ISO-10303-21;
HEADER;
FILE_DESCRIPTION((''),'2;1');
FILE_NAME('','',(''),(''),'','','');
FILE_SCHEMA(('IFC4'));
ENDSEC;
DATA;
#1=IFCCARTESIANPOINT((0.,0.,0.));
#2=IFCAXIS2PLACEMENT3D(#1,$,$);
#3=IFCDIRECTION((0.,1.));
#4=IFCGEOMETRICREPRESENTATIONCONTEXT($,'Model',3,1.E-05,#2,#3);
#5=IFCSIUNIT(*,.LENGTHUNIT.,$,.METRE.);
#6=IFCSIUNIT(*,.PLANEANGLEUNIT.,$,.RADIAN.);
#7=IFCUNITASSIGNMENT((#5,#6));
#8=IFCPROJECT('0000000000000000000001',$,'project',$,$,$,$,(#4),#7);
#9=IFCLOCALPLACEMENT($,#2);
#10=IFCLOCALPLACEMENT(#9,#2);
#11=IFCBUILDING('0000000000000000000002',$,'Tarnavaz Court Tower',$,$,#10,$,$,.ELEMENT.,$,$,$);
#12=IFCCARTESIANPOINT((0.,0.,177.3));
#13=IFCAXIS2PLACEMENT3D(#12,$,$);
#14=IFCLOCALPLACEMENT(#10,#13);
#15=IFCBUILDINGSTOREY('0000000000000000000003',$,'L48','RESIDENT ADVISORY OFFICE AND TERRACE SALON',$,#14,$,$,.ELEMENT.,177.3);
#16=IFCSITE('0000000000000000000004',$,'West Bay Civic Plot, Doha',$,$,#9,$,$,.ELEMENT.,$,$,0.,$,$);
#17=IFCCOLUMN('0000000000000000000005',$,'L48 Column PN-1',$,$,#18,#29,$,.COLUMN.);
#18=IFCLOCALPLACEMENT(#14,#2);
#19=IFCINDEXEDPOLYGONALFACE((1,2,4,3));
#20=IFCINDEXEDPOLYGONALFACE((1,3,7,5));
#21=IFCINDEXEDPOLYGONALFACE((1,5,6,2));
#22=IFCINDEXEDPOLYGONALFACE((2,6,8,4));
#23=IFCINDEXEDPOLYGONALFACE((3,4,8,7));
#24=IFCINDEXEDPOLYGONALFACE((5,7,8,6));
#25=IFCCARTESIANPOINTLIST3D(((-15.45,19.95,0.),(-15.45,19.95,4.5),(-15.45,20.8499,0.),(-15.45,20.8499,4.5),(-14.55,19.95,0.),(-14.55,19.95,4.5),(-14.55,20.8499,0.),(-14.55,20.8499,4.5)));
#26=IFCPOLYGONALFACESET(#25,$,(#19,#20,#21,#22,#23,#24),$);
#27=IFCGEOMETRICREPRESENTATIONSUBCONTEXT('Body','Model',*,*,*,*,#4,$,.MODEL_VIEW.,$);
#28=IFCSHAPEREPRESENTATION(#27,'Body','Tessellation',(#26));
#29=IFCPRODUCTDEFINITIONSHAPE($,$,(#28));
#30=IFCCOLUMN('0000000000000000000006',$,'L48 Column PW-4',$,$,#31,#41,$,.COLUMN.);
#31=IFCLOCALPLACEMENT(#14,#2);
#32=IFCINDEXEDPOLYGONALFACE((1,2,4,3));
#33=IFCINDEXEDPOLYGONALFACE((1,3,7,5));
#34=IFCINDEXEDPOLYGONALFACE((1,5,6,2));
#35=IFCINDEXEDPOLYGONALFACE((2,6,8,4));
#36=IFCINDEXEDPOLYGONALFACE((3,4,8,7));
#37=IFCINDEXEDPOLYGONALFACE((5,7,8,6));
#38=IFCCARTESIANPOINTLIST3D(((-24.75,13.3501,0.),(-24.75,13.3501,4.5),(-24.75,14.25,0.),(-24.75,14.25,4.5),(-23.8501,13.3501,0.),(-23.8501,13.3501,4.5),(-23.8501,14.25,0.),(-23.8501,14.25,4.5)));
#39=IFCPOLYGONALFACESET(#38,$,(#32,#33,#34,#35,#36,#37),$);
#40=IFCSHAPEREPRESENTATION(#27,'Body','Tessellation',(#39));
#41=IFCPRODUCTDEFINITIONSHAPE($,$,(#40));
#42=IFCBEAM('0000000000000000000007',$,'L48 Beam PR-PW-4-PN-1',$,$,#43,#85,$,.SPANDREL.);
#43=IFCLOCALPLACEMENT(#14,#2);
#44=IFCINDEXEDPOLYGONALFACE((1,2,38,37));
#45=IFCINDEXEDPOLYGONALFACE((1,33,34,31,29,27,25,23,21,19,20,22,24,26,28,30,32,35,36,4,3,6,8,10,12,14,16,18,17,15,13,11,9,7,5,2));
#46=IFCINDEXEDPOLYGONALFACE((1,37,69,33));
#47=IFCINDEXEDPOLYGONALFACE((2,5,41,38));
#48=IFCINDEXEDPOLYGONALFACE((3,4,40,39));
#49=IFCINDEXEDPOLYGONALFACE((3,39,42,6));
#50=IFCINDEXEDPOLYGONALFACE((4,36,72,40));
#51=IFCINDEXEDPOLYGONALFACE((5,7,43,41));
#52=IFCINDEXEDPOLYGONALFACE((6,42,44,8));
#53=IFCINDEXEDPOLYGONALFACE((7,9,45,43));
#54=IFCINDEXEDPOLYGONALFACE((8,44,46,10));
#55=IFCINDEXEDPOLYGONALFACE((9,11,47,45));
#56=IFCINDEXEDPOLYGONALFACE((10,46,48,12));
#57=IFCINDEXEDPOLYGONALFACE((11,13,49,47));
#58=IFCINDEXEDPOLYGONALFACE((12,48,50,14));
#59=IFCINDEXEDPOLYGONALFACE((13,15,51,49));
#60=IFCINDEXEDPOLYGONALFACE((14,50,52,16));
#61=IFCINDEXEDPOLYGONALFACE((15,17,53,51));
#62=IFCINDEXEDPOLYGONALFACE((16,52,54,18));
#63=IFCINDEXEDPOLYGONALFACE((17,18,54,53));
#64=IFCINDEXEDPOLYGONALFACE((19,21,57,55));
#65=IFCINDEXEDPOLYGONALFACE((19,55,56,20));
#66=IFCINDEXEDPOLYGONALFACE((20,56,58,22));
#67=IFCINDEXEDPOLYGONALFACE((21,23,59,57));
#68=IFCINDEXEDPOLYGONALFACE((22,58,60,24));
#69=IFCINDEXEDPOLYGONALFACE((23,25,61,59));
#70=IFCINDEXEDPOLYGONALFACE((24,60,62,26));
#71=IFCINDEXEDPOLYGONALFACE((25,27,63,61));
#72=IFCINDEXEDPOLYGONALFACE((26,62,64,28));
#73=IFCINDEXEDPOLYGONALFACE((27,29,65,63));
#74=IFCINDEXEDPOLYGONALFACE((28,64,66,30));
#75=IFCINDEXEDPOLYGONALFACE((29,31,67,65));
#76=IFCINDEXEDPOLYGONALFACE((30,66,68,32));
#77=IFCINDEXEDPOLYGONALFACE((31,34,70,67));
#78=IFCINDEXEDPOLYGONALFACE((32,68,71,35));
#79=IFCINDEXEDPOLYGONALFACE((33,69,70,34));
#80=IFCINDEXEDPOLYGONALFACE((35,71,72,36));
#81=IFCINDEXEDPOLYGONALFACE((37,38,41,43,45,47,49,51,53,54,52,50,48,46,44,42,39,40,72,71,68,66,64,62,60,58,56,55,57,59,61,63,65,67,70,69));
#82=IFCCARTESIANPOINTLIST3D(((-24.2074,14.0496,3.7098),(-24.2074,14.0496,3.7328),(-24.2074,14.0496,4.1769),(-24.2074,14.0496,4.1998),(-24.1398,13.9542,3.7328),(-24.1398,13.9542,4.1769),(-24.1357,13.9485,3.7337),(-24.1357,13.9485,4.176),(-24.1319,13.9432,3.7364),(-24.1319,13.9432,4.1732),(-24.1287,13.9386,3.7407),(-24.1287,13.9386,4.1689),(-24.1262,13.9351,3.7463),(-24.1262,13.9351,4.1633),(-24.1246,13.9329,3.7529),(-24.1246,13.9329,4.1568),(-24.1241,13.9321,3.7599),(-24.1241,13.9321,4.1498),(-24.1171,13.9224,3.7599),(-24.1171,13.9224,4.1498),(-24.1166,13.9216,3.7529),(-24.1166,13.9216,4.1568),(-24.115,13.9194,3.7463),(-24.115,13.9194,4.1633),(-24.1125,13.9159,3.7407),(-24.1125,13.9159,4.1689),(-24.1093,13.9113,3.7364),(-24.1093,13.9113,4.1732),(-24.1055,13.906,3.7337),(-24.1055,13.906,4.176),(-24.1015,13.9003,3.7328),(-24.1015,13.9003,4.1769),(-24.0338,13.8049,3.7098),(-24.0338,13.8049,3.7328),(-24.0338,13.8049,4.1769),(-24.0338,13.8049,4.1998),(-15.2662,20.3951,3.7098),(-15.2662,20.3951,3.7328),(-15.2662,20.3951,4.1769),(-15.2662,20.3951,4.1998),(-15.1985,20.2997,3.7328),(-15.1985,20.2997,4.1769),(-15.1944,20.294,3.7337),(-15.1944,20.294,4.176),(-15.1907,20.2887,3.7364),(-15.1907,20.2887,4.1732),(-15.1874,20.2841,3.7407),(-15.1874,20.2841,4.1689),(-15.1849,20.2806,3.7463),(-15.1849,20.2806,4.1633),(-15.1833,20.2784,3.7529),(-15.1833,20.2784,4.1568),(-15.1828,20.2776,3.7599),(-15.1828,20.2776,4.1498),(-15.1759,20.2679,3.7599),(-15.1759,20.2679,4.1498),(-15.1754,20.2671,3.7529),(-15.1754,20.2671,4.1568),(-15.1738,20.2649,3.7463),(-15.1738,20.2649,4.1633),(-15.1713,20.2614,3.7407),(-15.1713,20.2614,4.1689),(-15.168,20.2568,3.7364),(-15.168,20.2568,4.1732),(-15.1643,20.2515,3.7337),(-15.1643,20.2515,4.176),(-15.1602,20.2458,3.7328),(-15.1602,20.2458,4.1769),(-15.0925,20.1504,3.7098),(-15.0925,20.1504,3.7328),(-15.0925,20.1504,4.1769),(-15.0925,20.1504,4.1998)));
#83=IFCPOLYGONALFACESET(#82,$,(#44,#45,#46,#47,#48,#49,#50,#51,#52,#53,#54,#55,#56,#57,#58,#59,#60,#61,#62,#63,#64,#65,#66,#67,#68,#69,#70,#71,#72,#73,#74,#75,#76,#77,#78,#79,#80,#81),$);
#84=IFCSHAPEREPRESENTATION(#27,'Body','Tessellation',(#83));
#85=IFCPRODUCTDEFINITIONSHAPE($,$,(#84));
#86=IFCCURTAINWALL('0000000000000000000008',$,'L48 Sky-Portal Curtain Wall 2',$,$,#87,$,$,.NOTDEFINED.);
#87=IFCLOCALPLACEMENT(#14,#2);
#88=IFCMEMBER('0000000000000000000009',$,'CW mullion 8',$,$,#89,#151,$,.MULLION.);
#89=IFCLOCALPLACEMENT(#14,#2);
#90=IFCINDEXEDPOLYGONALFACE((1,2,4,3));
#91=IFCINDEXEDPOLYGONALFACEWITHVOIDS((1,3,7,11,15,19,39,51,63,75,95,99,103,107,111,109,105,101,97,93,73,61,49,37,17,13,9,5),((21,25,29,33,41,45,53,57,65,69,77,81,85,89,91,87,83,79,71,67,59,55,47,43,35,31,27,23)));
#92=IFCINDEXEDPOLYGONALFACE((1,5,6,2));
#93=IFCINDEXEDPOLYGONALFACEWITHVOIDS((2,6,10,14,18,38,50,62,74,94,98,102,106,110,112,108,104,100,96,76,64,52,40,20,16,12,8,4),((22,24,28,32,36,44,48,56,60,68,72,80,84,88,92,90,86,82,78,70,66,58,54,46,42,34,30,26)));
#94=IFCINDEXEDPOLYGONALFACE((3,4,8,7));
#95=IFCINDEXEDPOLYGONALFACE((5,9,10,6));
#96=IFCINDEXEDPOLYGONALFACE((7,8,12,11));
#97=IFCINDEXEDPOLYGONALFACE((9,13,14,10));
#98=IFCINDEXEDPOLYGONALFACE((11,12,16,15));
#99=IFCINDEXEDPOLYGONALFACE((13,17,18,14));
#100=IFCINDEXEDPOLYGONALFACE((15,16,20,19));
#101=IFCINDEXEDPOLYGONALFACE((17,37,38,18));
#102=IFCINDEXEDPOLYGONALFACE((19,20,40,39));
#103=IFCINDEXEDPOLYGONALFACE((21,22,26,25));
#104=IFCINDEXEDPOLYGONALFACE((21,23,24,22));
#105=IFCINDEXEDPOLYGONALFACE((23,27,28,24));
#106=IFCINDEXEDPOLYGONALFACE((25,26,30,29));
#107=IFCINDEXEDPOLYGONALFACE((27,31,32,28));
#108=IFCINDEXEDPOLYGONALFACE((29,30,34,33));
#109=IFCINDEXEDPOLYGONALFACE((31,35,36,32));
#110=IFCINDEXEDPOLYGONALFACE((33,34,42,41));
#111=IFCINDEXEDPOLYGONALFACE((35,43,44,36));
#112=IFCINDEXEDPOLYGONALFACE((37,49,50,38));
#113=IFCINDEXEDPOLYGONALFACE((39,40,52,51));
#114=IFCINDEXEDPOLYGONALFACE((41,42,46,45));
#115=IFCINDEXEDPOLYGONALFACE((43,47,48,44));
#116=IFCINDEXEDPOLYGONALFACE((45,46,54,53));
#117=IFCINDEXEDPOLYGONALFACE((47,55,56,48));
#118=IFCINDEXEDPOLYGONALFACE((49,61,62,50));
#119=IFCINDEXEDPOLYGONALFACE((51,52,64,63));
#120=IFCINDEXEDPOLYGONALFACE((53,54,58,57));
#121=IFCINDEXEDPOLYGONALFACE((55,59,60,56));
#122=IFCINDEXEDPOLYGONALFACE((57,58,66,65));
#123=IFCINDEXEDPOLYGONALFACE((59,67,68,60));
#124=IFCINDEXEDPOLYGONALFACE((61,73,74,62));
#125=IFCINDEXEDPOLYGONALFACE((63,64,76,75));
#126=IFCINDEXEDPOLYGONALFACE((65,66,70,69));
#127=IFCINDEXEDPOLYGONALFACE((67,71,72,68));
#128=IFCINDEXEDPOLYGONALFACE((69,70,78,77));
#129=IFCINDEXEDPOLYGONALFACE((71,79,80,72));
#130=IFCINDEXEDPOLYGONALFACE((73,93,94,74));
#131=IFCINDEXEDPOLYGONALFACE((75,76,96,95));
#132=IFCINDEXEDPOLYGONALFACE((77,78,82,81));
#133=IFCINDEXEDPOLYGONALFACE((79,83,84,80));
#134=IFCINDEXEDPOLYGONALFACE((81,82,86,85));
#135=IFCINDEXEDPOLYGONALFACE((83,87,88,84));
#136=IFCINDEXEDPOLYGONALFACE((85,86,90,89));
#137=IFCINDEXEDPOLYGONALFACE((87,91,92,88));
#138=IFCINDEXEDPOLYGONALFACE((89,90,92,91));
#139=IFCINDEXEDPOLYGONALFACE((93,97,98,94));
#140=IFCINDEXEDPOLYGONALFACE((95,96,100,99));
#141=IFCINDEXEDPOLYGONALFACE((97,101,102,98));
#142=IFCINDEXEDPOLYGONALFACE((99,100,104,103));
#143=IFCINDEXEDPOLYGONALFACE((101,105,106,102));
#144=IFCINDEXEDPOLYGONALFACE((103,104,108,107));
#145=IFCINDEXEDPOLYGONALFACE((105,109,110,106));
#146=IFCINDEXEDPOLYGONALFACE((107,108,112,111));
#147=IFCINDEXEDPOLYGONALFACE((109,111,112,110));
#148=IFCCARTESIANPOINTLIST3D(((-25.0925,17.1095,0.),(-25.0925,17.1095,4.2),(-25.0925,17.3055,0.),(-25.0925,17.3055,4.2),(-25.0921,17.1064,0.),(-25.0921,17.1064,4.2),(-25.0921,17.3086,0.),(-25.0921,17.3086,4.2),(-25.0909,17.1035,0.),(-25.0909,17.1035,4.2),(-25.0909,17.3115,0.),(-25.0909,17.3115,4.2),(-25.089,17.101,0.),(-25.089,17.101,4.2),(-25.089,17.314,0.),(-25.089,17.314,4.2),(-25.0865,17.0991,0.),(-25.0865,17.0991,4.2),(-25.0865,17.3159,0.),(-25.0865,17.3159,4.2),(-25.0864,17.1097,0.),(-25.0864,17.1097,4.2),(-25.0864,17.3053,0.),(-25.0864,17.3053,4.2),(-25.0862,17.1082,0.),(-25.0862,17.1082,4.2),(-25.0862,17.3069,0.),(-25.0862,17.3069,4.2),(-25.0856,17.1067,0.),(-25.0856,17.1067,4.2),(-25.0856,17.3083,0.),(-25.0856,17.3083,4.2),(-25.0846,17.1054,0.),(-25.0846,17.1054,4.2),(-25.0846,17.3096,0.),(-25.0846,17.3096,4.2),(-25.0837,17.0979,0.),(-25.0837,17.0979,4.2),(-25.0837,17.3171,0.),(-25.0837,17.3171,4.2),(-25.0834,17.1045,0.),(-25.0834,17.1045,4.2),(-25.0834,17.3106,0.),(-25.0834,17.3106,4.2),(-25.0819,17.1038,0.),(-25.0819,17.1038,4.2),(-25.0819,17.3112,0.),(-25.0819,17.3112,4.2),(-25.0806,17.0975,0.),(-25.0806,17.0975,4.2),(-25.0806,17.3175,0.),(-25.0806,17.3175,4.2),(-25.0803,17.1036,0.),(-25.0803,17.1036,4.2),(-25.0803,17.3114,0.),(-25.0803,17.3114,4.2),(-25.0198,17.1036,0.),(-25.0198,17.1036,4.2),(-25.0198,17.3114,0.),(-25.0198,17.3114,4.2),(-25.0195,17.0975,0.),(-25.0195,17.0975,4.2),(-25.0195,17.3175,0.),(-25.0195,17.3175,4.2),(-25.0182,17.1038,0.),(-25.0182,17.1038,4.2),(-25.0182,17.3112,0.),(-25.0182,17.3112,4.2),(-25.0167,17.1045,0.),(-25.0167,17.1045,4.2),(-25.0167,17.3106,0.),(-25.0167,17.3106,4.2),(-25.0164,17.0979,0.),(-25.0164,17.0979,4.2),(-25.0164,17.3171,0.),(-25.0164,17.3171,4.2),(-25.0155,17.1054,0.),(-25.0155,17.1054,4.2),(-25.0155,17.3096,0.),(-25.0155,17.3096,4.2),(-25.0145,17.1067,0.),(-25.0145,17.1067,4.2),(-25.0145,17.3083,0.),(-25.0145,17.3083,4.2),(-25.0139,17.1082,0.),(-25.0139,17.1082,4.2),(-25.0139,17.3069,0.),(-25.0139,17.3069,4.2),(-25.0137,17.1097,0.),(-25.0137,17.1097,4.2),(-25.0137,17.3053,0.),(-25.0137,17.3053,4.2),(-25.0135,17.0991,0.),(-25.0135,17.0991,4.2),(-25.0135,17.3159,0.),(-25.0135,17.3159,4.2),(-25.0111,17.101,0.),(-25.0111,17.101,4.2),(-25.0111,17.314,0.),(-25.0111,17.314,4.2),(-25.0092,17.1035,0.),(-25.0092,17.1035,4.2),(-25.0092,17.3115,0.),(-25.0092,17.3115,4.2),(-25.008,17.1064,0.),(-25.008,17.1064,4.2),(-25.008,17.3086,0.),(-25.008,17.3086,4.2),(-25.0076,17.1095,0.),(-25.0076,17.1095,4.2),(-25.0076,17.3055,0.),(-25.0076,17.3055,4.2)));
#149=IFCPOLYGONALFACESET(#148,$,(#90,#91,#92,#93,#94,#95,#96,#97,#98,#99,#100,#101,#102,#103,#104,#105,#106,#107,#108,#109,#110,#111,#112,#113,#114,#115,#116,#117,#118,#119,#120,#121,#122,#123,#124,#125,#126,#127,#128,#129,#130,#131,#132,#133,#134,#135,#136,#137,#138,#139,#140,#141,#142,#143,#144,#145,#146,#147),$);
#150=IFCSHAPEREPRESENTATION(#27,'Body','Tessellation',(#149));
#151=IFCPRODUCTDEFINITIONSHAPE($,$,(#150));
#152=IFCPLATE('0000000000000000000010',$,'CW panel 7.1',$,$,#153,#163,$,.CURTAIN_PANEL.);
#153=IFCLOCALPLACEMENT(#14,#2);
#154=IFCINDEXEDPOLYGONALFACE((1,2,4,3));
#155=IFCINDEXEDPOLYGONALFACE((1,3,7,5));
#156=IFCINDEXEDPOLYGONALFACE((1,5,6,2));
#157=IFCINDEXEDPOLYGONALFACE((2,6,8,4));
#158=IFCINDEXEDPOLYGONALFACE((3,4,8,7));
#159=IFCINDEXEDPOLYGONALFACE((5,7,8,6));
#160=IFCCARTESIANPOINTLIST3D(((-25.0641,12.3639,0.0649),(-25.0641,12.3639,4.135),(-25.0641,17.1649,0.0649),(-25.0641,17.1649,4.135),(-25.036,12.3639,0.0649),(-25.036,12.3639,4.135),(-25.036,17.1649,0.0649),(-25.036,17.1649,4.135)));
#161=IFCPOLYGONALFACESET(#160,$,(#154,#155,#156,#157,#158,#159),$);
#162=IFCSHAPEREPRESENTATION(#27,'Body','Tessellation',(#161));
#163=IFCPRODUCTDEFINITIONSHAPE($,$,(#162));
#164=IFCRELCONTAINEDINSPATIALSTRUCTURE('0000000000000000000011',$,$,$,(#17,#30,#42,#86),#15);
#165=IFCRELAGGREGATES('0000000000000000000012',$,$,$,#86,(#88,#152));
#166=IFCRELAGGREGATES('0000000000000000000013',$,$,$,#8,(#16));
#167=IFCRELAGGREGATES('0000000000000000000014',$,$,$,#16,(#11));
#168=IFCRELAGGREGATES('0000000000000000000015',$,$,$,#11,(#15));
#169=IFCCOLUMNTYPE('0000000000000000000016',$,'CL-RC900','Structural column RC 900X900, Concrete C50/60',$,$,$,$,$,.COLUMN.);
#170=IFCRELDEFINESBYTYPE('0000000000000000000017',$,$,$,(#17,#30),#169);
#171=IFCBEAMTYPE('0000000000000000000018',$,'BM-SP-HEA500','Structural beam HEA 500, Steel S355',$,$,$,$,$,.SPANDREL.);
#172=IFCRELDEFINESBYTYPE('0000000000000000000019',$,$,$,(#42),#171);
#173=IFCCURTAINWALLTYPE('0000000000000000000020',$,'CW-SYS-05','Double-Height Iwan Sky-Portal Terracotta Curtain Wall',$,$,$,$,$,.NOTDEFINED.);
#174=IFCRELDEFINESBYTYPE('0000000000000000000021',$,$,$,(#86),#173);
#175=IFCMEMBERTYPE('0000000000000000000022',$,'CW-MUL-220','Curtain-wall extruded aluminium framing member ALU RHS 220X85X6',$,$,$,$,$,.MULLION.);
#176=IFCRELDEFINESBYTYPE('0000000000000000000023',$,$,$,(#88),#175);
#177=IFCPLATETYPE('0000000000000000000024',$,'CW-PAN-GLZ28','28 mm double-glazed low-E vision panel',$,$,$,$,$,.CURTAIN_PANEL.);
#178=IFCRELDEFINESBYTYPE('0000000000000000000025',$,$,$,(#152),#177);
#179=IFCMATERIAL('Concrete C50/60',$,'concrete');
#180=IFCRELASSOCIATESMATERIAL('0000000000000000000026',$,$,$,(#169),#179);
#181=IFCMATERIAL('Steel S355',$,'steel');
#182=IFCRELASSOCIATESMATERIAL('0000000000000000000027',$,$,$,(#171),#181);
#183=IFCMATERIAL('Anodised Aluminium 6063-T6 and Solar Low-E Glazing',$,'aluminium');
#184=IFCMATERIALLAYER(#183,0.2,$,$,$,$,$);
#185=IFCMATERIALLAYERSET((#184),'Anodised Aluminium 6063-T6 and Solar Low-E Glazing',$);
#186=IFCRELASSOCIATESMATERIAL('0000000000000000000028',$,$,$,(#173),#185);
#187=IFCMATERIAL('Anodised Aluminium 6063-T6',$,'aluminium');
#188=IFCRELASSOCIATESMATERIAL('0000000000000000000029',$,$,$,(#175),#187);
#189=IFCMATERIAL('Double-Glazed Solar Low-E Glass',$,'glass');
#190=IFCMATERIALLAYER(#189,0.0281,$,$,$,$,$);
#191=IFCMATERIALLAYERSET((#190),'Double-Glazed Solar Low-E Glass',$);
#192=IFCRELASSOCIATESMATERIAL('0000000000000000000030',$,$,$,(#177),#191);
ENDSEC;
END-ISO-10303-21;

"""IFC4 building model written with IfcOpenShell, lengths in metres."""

from ifc_helpers import new_model, si_unit, direction, frame, origin, origin_2d, place, context, subcontext, project, spatial, rectangle, hollow_rectangle, i_section, extrude, material, layer, layer_set, material_profile, profile_set, type_object, element, aggregate, save


model = new_model("IFC4")

# Units and contexts
model_context = context("Model", 3, precision=1e-05, world=origin(), true_north=direction((0.0, 1.0)))
body_context = subcontext(model_context, "Body", "Model", "MODEL_VIEW")
ifc_project = project(units=[si_unit("LENGTHUNIT", "METRE"), si_unit("PLANEANGLEUNIT", "RADIAN")], contexts=[model_context])

# Site, building, storey
site_placement = place(None, origin())
site = spatial("IfcSite", under=ifc_project, at=site_placement, Name="West Bay Civic Plot, Doha", CompositionType="ELEMENT", RefElevation=0.0)
building_placement = place(site_placement, origin())
building = spatial("IfcBuilding", under=site, at=building_placement, Name="Tarnavaz Court Tower", CompositionType="ELEMENT")
storey_placement = place(building_placement, frame((0.0, 0.0, 177.3)))
storey = spatial("IfcBuildingStorey", under=building, at=storey_placement, Name="L48", Description="RESIDENT ADVISORY OFFICE AND TERRACE SALON", CompositionType="ELEMENT", Elevation=177.3)

# Columns
ifc_material_1 = material(Name="Concrete C50/60", Category="concrete")
ifc_material_profile_1 = material_profile(ifc_material_1, rectangle(XDim=0.8999, YDim=0.8999, at=origin_2d()), Name="RC 900X900")
ifc_profile_set_1 = profile_set([ifc_material_profile_1], Name="Concrete C50/60")
column_type = type_object("IfcColumnType", Name="CL-RC900", Description="Structural column RC 900X900, Concrete C50/60", PredefinedType="COLUMN", material=ifc_profile_set_1)
for number, where, z_axis, x_axis, name in (
    (1, (-15.0, 20.3999, 0.0), (0.0, 0.0, 1.0), (1.0, 0.0, 0.0), "L48 Column PN-1"),
    (2, (-24.3, 13.8, 0.0), (0.0, 0.0, 1.0), (1.0, 0.0, 0.0), "L48 Column PW-4"),
):
    element("IfcColumn", number, at=place(storey_placement, frame(where, z_axis=z_axis, x_axis=x_axis)), inside=storey, type_object=column_type, Name=name, PredefinedType="COLUMN", context=body_context, shape_type="SweptSolid", body=[
        extrude(rectangle(XDim=0.8999, YDim=0.8999, at=origin_2d()), origin(), (0.0, 0.0, 1.0), 4.5),
    ])

# Beam
ifc_material_2 = material(Name="Steel S355", Category="steel")
ifc_material_profile_2 = material_profile(ifc_material_2, i_section(OverallWidth=0.3, OverallDepth=0.49, WebThickness=0.012, FlangeThickness=0.0229, FilletRadius=0.0271, at=origin_2d()), Name="HEA 500")
ifc_profile_set_2 = profile_set([ifc_material_profile_2], Name="Steel S355")
beam_type = type_object("IfcBeamType", Name="BM-SP-HEA500", Description="Structural beam HEA 500, Steel S355", PredefinedType="SPANDREL", material=ifc_profile_set_2)
beam_placement = place(storey_placement, frame((-24.1206, 13.9272, 3.9548), z_axis=(0.815502, 0.578754, 0.0), x_axis=(-0.578754, 0.815502, 0.0)))
element("IfcBeam", 3, at=beam_placement, inside=storey, type_object=beam_type, Name="L48 Beam PR-PW-4-PN-1", PredefinedType="SPANDREL", context=body_context, shape_type="SweptSolid", body=[
    extrude(i_section(OverallWidth=0.3, OverallDepth=0.49, WebThickness=0.012, FlangeThickness=0.0229, FilletRadius=0.0271, at=origin_2d()), origin(), (0.0, 0.0, 1.0), 10.9641),
])

# Curtain wall, member, plate
ifc_material_3 = material(Name="Anodised Aluminium 6063-T6 and Solar Low-E Glazing", Category="aluminium")
ifc_layer_1 = layer(ifc_material_3, 0.2)
ifc_layer_set_1 = layer_set([ifc_layer_1], Name="Anodised Aluminium 6063-T6 and Solar Low-E Glazing")
curtain_wall_type = type_object("IfcCurtainWallType", Name="CW-SYS-05", Description="Double-Height Iwan Sky-Portal Terracotta Curtain Wall", PredefinedType="NOTDEFINED", material=ifc_layer_set_1)
curtain_wall_placement = place(storey_placement, origin())
curtain_wall = element("IfcCurtainWall", 4, at=curtain_wall_placement, inside=storey, type_object=curtain_wall_type, Name="L48 Sky-Portal Curtain Wall 2", PredefinedType="NOTDEFINED")
ifc_material_4 = material(Name="Anodised Aluminium 6063-T6", Category="aluminium")
ifc_material_profile_3 = material_profile(ifc_material_4, hollow_rectangle(XDim=0.085, YDim=0.22, WallThickness=0.0061, InnerFilletRadius=0.0061, OuterFilletRadius=0.012, at=origin_2d()), Name="ALU RHS 220X85X6")
ifc_profile_set_3 = profile_set([ifc_material_profile_3], Name="Anodised Aluminium 6063-T6")
member_type = type_object("IfcMemberType", Name="CW-MUL-220", Description="Curtain-wall extruded aluminium framing member ALU RHS 220X85X6", PredefinedType="MULLION", material=ifc_profile_set_3)
member_placement = place(storey_placement, frame((-25.05, 17.2075, 0.0), z_axis=(0.0, 0.0, 1.0), x_axis=(-1.0, 0.0, 0.0)))
member = element("IfcMember", 5, at=member_placement, type_object=member_type, Name="CW mullion 8", PredefinedType="MULLION", context=body_context, shape_type="SweptSolid", body=[
    extrude(hollow_rectangle(XDim=0.085, YDim=0.22, WallThickness=0.0061, InnerFilletRadius=0.0061, OuterFilletRadius=0.012, at=origin_2d()), origin(), (0.0, 0.0, 1.0), 4.2),
])
ifc_material_5 = material(Name="Double-Glazed Solar Low-E Glass", Category="glass")
ifc_layer_2 = layer(ifc_material_5, 0.0281)
ifc_layer_set_2 = layer_set([ifc_layer_2], Name="Double-Glazed Solar Low-E Glass")
plate_type = type_object("IfcPlateType", Name="CW-PAN-GLZ28", Description="28 mm double-glazed low-E vision panel", PredefinedType="CURTAIN_PANEL", material=ifc_layer_set_2)
plate_placement = place(storey_placement, frame((-25.05, 14.7644, 0.0649), z_axis=(0.0, 0.0, 1.0), x_axis=(0.0, 1.0, 0.0)))
plate = element("IfcPlate", 6, at=plate_placement, type_object=plate_type, Name="CW panel 7.1", PredefinedType="CURTAIN_PANEL", context=body_context, shape_type="SweptSolid", body=[
    extrude(rectangle(XDim=4.801, YDim=0.0281, at=origin_2d()), origin(), (0.0, 0.0, 1.0), 4.0701),
])
aggregate(curtain_wall, [member, plate])

save(model, "model.ifc")
